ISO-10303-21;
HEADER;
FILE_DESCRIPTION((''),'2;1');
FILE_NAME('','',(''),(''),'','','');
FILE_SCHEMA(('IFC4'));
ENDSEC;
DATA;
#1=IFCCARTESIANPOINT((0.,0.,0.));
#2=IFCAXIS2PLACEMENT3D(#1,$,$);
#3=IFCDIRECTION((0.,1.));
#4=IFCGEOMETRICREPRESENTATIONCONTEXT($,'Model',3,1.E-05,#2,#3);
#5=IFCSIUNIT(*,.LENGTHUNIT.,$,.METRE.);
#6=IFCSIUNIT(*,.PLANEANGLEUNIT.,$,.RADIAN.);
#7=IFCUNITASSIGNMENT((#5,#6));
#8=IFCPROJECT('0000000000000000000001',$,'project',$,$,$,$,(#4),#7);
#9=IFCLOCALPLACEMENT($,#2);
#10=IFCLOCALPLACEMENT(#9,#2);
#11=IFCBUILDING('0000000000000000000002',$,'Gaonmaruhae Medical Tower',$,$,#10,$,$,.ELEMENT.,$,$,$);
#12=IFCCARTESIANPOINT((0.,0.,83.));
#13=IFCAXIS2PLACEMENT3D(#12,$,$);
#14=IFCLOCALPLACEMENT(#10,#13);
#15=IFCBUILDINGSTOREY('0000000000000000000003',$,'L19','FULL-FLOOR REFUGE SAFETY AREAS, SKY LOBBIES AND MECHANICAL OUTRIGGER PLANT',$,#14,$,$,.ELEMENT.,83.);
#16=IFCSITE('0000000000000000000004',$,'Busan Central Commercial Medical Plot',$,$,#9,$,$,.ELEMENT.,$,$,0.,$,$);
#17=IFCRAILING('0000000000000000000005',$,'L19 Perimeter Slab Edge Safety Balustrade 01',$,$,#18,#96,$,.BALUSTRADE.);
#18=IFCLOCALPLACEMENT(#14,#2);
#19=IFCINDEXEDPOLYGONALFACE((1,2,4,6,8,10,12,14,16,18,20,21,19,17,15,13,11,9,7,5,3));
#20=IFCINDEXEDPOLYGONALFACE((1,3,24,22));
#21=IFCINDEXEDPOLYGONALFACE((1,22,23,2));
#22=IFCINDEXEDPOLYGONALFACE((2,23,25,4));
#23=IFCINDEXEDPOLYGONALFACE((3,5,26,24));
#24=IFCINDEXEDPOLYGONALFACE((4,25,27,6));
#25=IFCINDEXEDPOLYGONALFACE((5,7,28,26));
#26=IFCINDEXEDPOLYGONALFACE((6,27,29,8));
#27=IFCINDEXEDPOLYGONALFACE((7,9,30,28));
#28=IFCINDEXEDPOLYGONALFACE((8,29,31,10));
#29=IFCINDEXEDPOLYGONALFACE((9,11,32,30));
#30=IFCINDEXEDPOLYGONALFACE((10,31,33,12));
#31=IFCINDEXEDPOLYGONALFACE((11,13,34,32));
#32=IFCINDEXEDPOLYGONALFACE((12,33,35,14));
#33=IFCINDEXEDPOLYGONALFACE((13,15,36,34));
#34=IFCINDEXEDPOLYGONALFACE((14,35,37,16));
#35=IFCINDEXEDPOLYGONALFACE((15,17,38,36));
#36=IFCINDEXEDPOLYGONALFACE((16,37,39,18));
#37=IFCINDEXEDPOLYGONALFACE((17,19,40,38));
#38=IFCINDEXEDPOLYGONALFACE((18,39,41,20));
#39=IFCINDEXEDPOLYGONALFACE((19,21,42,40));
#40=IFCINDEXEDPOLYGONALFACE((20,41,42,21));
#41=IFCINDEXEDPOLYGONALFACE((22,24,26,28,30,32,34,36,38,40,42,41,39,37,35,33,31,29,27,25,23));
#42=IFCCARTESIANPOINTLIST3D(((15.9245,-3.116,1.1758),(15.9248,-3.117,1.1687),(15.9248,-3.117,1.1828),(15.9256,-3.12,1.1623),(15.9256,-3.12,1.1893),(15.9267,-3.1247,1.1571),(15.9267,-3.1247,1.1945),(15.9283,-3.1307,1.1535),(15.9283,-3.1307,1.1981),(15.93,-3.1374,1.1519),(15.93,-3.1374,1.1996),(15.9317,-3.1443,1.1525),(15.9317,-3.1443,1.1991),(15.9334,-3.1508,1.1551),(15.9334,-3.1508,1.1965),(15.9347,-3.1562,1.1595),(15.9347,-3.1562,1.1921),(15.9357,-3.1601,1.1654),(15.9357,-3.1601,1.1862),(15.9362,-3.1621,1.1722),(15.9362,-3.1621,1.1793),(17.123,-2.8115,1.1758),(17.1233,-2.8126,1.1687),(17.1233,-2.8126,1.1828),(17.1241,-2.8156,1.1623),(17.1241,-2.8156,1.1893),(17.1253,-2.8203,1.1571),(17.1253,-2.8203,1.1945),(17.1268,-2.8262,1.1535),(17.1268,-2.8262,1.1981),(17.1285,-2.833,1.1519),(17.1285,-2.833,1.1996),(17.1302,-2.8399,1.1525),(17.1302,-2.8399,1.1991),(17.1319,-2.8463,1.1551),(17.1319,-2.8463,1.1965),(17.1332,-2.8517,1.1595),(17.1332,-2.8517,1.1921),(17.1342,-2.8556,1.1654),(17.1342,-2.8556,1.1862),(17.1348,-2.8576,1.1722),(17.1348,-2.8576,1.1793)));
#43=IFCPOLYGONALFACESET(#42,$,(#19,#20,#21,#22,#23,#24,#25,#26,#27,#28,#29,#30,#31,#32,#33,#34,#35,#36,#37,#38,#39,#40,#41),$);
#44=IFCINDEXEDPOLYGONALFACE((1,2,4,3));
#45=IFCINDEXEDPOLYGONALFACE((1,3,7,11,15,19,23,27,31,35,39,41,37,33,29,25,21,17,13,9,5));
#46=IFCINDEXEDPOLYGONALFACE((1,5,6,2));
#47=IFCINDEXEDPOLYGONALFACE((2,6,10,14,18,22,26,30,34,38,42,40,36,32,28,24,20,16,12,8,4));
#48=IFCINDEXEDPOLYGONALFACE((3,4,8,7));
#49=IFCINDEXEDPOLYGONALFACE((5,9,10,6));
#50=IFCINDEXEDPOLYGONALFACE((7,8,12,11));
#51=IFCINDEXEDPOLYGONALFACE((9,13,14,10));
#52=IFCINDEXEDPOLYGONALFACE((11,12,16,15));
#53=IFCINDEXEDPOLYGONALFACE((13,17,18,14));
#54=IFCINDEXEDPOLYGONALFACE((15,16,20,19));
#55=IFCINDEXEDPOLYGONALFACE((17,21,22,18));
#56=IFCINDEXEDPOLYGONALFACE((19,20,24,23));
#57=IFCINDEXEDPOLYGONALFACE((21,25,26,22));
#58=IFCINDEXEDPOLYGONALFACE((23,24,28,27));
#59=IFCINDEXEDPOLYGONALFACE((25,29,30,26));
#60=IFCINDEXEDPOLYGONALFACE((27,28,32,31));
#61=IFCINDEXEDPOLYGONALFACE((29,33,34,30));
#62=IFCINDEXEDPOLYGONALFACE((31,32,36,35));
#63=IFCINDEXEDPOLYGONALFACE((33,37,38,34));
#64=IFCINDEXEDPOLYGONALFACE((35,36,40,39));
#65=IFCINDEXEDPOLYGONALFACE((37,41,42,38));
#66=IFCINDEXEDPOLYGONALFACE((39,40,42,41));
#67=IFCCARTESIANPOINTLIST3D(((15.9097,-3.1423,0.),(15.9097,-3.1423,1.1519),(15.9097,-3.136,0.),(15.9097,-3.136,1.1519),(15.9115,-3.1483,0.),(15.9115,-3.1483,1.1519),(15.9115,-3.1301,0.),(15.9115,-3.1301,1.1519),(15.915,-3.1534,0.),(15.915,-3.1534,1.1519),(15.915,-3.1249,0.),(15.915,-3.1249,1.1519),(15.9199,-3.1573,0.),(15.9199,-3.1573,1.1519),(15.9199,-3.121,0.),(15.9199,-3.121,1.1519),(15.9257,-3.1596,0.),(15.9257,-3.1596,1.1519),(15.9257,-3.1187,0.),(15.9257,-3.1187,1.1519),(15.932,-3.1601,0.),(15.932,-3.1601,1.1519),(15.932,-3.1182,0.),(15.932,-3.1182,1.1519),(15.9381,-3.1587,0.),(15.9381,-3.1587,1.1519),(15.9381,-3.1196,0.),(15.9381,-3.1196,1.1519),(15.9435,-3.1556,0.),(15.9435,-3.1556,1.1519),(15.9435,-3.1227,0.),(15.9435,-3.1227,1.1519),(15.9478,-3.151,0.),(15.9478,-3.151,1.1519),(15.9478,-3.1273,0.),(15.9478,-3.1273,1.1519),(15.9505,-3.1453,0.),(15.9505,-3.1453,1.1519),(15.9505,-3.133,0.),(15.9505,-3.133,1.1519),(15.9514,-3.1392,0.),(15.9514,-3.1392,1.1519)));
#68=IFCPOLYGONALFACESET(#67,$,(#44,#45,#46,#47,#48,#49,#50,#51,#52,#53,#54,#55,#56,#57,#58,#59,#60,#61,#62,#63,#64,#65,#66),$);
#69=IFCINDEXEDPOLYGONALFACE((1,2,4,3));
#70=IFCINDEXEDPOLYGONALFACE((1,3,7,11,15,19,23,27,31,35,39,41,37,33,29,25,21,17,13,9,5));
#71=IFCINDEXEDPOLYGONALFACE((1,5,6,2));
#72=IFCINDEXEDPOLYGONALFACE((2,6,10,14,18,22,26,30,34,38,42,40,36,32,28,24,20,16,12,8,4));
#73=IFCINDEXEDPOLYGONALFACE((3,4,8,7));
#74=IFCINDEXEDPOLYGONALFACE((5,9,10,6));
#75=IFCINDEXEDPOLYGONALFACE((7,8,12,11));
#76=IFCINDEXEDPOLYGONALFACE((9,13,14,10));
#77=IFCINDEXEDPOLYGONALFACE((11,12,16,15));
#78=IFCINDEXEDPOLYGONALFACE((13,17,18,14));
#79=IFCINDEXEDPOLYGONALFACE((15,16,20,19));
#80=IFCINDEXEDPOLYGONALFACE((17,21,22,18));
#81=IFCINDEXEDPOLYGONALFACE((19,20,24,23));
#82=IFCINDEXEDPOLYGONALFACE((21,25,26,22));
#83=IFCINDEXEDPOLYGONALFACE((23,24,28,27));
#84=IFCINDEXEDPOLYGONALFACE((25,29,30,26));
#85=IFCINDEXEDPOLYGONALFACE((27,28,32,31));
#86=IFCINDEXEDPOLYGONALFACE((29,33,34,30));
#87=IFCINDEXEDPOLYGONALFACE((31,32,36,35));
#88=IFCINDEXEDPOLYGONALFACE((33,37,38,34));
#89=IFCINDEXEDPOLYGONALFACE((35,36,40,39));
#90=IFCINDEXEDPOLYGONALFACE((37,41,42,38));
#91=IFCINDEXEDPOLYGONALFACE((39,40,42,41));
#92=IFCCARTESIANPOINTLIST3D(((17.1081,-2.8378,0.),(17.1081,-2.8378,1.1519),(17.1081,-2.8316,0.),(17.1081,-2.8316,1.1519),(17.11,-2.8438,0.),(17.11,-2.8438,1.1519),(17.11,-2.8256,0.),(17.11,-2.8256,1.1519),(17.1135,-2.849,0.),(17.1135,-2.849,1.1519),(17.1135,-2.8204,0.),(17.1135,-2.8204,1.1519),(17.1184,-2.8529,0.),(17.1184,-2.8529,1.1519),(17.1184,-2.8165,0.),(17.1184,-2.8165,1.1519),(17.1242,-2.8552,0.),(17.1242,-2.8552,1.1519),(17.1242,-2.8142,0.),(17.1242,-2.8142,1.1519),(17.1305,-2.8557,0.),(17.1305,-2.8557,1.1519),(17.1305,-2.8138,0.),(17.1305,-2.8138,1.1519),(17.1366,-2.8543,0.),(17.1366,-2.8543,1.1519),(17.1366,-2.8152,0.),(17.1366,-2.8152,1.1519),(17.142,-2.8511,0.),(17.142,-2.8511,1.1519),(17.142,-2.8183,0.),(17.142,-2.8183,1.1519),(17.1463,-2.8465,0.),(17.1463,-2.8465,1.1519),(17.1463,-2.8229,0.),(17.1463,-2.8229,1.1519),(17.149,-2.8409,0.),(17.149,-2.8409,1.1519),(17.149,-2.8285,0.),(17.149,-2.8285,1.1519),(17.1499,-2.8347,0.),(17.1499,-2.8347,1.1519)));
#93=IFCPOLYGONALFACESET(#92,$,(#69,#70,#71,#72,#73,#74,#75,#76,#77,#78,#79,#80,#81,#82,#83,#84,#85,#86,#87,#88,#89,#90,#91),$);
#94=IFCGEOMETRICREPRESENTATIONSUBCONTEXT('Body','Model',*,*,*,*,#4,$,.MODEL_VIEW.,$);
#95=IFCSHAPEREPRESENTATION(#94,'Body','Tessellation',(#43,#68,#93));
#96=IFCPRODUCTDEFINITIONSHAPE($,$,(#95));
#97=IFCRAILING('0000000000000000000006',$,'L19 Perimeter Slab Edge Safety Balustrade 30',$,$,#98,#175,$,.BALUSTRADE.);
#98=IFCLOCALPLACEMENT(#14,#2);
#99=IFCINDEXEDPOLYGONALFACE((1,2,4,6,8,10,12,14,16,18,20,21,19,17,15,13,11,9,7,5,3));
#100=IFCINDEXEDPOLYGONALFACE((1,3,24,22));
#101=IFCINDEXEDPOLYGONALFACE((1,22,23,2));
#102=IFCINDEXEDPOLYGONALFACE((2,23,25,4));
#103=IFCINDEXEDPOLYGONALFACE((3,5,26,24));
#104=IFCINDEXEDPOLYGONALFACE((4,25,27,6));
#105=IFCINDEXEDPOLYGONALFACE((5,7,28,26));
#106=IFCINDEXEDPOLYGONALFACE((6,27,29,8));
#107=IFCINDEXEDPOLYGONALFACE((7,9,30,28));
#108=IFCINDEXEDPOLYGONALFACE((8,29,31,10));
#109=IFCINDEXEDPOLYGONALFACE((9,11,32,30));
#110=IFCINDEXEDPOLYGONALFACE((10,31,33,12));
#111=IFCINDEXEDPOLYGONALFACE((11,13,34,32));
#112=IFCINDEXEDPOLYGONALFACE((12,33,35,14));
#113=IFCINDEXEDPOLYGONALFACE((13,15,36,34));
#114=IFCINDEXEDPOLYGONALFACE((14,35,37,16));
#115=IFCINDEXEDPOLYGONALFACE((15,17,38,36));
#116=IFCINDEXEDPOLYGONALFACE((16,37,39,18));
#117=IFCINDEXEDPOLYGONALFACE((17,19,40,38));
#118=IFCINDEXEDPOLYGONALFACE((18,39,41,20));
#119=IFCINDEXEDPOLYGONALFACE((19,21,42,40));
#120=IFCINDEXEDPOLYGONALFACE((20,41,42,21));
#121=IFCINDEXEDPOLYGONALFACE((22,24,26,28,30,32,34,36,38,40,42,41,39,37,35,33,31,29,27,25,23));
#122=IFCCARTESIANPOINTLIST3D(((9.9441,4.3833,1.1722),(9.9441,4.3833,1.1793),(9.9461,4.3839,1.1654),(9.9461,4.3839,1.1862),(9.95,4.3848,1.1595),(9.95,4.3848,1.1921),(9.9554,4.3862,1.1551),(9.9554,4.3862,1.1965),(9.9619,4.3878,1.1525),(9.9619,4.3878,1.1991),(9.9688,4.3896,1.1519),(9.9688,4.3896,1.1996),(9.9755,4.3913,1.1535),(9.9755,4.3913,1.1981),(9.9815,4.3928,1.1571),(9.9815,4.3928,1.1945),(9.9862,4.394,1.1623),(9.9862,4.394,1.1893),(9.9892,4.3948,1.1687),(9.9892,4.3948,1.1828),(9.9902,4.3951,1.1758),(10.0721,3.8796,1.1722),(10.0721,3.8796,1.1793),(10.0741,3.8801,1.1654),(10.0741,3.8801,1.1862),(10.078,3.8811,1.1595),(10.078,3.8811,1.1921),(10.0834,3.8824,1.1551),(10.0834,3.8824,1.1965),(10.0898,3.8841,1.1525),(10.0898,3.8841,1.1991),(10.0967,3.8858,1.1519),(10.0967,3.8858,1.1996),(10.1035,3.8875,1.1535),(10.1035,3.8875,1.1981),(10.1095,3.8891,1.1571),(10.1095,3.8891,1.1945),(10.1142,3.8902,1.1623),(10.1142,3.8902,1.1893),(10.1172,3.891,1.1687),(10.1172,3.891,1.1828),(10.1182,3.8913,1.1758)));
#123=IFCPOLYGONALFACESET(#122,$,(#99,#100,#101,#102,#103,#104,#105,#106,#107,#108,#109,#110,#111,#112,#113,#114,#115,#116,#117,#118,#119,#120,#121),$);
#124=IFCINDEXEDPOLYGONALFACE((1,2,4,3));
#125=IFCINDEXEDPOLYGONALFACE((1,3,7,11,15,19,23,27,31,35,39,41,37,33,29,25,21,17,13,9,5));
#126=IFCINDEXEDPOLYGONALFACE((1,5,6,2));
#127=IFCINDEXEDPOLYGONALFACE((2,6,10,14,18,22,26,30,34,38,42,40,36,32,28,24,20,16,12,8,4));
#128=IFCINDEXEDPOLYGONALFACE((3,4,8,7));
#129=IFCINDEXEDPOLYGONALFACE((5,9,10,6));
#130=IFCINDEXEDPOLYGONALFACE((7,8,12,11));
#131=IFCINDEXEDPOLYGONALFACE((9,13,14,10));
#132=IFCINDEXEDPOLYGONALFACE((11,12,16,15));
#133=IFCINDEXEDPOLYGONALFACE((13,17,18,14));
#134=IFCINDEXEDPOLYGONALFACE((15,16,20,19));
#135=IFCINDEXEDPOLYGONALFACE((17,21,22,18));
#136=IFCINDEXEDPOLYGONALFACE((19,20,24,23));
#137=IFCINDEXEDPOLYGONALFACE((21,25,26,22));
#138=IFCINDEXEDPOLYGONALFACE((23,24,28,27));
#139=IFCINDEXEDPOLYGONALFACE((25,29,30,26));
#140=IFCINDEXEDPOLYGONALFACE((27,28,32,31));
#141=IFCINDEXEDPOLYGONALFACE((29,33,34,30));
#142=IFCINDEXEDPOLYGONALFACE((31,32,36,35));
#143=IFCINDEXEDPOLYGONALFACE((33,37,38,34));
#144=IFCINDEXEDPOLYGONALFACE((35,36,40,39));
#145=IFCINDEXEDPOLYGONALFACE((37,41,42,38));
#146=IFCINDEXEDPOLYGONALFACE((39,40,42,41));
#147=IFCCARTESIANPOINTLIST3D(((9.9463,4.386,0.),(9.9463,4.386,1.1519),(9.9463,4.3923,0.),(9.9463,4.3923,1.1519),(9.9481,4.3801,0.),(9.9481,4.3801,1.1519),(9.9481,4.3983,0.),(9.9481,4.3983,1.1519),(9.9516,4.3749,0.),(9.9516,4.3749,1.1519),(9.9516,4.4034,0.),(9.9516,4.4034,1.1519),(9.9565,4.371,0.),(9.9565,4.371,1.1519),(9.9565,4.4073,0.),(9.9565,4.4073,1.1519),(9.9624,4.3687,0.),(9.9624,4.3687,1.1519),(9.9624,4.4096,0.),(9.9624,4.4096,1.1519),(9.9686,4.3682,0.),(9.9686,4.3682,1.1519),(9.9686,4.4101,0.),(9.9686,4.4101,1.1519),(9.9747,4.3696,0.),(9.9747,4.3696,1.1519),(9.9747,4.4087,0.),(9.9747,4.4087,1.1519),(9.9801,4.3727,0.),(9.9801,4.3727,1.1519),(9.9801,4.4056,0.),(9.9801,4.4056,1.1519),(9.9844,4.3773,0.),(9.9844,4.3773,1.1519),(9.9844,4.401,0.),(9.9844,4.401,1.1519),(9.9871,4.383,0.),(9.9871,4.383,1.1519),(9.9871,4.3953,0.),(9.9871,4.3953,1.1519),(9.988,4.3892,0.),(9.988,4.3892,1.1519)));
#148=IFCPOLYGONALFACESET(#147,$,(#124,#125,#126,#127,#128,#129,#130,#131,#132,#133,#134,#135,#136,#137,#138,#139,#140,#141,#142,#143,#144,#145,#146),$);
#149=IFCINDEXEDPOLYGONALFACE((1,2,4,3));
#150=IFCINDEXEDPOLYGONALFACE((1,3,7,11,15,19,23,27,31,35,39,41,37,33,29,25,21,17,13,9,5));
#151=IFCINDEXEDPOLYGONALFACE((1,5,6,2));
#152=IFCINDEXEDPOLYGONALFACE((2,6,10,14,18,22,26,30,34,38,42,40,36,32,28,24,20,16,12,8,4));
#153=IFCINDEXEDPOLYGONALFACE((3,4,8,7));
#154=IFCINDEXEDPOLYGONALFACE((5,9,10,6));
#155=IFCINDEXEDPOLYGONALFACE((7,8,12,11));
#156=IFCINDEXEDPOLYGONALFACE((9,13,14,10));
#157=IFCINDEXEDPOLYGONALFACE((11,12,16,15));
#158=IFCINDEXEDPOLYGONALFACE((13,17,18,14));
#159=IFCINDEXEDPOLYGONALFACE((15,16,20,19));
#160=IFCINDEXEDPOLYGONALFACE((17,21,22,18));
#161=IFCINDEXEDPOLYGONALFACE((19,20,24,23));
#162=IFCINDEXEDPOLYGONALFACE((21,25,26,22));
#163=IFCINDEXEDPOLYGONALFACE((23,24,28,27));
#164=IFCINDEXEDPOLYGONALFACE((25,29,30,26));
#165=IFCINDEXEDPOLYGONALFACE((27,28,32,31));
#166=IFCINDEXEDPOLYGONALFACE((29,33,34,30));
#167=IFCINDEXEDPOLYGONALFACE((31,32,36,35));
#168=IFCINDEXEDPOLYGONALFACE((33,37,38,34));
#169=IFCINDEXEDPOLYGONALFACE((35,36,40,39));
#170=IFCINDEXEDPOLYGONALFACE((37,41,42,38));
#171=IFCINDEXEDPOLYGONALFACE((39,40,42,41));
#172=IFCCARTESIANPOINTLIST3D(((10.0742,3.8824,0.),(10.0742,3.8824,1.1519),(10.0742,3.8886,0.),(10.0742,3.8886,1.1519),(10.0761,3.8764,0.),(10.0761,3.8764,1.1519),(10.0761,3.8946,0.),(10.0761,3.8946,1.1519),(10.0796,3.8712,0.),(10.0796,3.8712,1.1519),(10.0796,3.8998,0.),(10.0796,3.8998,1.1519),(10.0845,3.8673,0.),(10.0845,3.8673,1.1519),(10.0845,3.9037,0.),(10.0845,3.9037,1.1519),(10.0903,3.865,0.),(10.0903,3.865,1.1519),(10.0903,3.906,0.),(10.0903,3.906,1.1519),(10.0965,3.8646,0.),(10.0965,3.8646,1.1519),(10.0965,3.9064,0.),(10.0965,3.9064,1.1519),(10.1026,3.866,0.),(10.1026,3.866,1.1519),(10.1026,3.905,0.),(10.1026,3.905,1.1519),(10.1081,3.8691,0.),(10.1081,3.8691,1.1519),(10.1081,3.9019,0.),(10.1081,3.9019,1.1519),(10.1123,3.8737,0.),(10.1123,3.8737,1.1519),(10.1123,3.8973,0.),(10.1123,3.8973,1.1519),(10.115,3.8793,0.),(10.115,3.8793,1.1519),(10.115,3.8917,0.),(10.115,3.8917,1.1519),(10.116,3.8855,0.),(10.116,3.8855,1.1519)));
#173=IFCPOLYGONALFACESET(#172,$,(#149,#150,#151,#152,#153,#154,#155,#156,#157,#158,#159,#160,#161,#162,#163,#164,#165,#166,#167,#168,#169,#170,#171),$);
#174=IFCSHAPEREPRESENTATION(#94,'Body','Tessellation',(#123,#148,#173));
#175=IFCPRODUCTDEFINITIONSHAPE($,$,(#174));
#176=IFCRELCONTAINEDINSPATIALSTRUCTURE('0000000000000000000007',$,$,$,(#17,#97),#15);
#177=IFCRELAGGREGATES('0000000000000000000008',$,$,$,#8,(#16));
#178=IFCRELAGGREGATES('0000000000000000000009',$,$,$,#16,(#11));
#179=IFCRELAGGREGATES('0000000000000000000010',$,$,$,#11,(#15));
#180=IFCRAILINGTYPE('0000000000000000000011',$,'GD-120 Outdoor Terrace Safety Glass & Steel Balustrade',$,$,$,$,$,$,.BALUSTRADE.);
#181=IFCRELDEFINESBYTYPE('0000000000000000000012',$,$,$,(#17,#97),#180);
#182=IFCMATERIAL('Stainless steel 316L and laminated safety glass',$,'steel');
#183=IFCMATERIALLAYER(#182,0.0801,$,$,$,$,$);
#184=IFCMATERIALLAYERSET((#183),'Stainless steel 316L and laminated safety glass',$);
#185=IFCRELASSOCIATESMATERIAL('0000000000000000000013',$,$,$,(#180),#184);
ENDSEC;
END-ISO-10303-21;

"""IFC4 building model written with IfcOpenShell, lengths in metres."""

from ifc_helpers import new_model, si_unit, direction, frame, origin, origin_2d, place, context, subcontext, project, spatial, circle, extrude, material, layer, layer_set, type_object, element, save


model = new_model("IFC4")

# Units and contexts
model_context = context("Model", 3, precision=1e-05, world=origin(), true_north=direction((0.0, 1.0)))
body_context = subcontext(model_context, "Body", "Model", "MODEL_VIEW")
ifc_project = project(units=[si_unit("LENGTHUNIT", "METRE"), si_unit("PLANEANGLEUNIT", "RADIAN")], contexts=[model_context])

# Site, building, storey
site_placement = place(None, origin())
site = spatial("IfcSite", under=ifc_project, at=site_placement, Name="Busan Central Commercial Medical Plot", CompositionType="ELEMENT", RefElevation=0.0)
building_placement = place(site_placement, origin())
building = spatial("IfcBuilding", under=site, at=building_placement, Name="Gaonmaruhae Medical Tower", CompositionType="ELEMENT")
storey_placement = place(building_placement, frame((0.0, 0.0, 83.0)))
storey = spatial("IfcBuildingStorey", under=building, at=storey_placement, Name="L19", Description="FULL-FLOOR REFUGE SAFETY AREAS, SKY LOBBIES AND MECHANICAL OUTRIGGER PLANT", CompositionType="ELEMENT", Elevation=83.0)

# Railings
ifc_material_1 = material(Name="Stainless steel 316L and laminated safety glass", Category="steel")
ifc_layer_1 = layer(ifc_material_1, 0.0801)
ifc_layer_set_1 = layer_set([ifc_layer_1], Name="Stainless steel 316L and laminated safety glass")
railing_type = type_object("IfcRailingType", Name="GD-120 Outdoor Terrace Safety Glass & Steel Balustrade", PredefinedType="BALUSTRADE", material=ifc_layer_set_1)
railing_1_placement = place(storey_placement, frame((15.9304, -3.1392, 0.0)))
element("IfcRailing", 1, at=railing_1_placement, inside=storey, type_object=railing_type, Name="L19 Perimeter Slab Edge Safety Balustrade 01", PredefinedType="BALUSTRADE", context=body_context, shape_type="SweptSolid", body=[
    extrude(circle(Radius=0.0239, at=origin_2d()), frame((0.0, 0.0, 1.1758), z_axis=(0.969218, 0.246204, 0.0), x_axis=(-0.246204, 0.969218, 0.0)), (0.0, 0.0, 1.0), 1.2366),
    extrude(circle(Radius=0.021, at=origin_2d()), origin(), (0.0, 0.0, 1.0), 1.1519),
    extrude(circle(Radius=0.021, at=origin_2d()), frame((1.1985, 0.3044, 0.0)), (0.0, 0.0, 1.0), 1.1519),
])
railing_2_placement = place(storey_placement, frame((9.967, 4.3892, 0.0)))
element("IfcRailing", 2, at=railing_2_placement, inside=storey, type_object=railing_type, Name="L19 Perimeter Slab Edge Safety Balustrade 30", PredefinedType="BALUSTRADE", context=body_context, shape_type="SweptSolid", body=[
    extrude(circle(Radius=0.0239, at=origin_2d()), frame((0.0, 0.0, 1.1758), z_axis=(0.246182, -0.969224, 0.0), x_axis=(0.969224, 0.246182, 0.0)), (0.0, 0.0, 1.0), 0.5198),
    extrude(circle(Radius=0.021, at=origin_2d()), origin(), (0.0, 0.0, 1.0), 1.1519),
    extrude(circle(Radius=0.021, at=origin_2d()), frame((0.1279, -0.5037, 0.0)), (0.0, 0.0, 1.0), 1.1519),
])

save(model, "model.ifc")
